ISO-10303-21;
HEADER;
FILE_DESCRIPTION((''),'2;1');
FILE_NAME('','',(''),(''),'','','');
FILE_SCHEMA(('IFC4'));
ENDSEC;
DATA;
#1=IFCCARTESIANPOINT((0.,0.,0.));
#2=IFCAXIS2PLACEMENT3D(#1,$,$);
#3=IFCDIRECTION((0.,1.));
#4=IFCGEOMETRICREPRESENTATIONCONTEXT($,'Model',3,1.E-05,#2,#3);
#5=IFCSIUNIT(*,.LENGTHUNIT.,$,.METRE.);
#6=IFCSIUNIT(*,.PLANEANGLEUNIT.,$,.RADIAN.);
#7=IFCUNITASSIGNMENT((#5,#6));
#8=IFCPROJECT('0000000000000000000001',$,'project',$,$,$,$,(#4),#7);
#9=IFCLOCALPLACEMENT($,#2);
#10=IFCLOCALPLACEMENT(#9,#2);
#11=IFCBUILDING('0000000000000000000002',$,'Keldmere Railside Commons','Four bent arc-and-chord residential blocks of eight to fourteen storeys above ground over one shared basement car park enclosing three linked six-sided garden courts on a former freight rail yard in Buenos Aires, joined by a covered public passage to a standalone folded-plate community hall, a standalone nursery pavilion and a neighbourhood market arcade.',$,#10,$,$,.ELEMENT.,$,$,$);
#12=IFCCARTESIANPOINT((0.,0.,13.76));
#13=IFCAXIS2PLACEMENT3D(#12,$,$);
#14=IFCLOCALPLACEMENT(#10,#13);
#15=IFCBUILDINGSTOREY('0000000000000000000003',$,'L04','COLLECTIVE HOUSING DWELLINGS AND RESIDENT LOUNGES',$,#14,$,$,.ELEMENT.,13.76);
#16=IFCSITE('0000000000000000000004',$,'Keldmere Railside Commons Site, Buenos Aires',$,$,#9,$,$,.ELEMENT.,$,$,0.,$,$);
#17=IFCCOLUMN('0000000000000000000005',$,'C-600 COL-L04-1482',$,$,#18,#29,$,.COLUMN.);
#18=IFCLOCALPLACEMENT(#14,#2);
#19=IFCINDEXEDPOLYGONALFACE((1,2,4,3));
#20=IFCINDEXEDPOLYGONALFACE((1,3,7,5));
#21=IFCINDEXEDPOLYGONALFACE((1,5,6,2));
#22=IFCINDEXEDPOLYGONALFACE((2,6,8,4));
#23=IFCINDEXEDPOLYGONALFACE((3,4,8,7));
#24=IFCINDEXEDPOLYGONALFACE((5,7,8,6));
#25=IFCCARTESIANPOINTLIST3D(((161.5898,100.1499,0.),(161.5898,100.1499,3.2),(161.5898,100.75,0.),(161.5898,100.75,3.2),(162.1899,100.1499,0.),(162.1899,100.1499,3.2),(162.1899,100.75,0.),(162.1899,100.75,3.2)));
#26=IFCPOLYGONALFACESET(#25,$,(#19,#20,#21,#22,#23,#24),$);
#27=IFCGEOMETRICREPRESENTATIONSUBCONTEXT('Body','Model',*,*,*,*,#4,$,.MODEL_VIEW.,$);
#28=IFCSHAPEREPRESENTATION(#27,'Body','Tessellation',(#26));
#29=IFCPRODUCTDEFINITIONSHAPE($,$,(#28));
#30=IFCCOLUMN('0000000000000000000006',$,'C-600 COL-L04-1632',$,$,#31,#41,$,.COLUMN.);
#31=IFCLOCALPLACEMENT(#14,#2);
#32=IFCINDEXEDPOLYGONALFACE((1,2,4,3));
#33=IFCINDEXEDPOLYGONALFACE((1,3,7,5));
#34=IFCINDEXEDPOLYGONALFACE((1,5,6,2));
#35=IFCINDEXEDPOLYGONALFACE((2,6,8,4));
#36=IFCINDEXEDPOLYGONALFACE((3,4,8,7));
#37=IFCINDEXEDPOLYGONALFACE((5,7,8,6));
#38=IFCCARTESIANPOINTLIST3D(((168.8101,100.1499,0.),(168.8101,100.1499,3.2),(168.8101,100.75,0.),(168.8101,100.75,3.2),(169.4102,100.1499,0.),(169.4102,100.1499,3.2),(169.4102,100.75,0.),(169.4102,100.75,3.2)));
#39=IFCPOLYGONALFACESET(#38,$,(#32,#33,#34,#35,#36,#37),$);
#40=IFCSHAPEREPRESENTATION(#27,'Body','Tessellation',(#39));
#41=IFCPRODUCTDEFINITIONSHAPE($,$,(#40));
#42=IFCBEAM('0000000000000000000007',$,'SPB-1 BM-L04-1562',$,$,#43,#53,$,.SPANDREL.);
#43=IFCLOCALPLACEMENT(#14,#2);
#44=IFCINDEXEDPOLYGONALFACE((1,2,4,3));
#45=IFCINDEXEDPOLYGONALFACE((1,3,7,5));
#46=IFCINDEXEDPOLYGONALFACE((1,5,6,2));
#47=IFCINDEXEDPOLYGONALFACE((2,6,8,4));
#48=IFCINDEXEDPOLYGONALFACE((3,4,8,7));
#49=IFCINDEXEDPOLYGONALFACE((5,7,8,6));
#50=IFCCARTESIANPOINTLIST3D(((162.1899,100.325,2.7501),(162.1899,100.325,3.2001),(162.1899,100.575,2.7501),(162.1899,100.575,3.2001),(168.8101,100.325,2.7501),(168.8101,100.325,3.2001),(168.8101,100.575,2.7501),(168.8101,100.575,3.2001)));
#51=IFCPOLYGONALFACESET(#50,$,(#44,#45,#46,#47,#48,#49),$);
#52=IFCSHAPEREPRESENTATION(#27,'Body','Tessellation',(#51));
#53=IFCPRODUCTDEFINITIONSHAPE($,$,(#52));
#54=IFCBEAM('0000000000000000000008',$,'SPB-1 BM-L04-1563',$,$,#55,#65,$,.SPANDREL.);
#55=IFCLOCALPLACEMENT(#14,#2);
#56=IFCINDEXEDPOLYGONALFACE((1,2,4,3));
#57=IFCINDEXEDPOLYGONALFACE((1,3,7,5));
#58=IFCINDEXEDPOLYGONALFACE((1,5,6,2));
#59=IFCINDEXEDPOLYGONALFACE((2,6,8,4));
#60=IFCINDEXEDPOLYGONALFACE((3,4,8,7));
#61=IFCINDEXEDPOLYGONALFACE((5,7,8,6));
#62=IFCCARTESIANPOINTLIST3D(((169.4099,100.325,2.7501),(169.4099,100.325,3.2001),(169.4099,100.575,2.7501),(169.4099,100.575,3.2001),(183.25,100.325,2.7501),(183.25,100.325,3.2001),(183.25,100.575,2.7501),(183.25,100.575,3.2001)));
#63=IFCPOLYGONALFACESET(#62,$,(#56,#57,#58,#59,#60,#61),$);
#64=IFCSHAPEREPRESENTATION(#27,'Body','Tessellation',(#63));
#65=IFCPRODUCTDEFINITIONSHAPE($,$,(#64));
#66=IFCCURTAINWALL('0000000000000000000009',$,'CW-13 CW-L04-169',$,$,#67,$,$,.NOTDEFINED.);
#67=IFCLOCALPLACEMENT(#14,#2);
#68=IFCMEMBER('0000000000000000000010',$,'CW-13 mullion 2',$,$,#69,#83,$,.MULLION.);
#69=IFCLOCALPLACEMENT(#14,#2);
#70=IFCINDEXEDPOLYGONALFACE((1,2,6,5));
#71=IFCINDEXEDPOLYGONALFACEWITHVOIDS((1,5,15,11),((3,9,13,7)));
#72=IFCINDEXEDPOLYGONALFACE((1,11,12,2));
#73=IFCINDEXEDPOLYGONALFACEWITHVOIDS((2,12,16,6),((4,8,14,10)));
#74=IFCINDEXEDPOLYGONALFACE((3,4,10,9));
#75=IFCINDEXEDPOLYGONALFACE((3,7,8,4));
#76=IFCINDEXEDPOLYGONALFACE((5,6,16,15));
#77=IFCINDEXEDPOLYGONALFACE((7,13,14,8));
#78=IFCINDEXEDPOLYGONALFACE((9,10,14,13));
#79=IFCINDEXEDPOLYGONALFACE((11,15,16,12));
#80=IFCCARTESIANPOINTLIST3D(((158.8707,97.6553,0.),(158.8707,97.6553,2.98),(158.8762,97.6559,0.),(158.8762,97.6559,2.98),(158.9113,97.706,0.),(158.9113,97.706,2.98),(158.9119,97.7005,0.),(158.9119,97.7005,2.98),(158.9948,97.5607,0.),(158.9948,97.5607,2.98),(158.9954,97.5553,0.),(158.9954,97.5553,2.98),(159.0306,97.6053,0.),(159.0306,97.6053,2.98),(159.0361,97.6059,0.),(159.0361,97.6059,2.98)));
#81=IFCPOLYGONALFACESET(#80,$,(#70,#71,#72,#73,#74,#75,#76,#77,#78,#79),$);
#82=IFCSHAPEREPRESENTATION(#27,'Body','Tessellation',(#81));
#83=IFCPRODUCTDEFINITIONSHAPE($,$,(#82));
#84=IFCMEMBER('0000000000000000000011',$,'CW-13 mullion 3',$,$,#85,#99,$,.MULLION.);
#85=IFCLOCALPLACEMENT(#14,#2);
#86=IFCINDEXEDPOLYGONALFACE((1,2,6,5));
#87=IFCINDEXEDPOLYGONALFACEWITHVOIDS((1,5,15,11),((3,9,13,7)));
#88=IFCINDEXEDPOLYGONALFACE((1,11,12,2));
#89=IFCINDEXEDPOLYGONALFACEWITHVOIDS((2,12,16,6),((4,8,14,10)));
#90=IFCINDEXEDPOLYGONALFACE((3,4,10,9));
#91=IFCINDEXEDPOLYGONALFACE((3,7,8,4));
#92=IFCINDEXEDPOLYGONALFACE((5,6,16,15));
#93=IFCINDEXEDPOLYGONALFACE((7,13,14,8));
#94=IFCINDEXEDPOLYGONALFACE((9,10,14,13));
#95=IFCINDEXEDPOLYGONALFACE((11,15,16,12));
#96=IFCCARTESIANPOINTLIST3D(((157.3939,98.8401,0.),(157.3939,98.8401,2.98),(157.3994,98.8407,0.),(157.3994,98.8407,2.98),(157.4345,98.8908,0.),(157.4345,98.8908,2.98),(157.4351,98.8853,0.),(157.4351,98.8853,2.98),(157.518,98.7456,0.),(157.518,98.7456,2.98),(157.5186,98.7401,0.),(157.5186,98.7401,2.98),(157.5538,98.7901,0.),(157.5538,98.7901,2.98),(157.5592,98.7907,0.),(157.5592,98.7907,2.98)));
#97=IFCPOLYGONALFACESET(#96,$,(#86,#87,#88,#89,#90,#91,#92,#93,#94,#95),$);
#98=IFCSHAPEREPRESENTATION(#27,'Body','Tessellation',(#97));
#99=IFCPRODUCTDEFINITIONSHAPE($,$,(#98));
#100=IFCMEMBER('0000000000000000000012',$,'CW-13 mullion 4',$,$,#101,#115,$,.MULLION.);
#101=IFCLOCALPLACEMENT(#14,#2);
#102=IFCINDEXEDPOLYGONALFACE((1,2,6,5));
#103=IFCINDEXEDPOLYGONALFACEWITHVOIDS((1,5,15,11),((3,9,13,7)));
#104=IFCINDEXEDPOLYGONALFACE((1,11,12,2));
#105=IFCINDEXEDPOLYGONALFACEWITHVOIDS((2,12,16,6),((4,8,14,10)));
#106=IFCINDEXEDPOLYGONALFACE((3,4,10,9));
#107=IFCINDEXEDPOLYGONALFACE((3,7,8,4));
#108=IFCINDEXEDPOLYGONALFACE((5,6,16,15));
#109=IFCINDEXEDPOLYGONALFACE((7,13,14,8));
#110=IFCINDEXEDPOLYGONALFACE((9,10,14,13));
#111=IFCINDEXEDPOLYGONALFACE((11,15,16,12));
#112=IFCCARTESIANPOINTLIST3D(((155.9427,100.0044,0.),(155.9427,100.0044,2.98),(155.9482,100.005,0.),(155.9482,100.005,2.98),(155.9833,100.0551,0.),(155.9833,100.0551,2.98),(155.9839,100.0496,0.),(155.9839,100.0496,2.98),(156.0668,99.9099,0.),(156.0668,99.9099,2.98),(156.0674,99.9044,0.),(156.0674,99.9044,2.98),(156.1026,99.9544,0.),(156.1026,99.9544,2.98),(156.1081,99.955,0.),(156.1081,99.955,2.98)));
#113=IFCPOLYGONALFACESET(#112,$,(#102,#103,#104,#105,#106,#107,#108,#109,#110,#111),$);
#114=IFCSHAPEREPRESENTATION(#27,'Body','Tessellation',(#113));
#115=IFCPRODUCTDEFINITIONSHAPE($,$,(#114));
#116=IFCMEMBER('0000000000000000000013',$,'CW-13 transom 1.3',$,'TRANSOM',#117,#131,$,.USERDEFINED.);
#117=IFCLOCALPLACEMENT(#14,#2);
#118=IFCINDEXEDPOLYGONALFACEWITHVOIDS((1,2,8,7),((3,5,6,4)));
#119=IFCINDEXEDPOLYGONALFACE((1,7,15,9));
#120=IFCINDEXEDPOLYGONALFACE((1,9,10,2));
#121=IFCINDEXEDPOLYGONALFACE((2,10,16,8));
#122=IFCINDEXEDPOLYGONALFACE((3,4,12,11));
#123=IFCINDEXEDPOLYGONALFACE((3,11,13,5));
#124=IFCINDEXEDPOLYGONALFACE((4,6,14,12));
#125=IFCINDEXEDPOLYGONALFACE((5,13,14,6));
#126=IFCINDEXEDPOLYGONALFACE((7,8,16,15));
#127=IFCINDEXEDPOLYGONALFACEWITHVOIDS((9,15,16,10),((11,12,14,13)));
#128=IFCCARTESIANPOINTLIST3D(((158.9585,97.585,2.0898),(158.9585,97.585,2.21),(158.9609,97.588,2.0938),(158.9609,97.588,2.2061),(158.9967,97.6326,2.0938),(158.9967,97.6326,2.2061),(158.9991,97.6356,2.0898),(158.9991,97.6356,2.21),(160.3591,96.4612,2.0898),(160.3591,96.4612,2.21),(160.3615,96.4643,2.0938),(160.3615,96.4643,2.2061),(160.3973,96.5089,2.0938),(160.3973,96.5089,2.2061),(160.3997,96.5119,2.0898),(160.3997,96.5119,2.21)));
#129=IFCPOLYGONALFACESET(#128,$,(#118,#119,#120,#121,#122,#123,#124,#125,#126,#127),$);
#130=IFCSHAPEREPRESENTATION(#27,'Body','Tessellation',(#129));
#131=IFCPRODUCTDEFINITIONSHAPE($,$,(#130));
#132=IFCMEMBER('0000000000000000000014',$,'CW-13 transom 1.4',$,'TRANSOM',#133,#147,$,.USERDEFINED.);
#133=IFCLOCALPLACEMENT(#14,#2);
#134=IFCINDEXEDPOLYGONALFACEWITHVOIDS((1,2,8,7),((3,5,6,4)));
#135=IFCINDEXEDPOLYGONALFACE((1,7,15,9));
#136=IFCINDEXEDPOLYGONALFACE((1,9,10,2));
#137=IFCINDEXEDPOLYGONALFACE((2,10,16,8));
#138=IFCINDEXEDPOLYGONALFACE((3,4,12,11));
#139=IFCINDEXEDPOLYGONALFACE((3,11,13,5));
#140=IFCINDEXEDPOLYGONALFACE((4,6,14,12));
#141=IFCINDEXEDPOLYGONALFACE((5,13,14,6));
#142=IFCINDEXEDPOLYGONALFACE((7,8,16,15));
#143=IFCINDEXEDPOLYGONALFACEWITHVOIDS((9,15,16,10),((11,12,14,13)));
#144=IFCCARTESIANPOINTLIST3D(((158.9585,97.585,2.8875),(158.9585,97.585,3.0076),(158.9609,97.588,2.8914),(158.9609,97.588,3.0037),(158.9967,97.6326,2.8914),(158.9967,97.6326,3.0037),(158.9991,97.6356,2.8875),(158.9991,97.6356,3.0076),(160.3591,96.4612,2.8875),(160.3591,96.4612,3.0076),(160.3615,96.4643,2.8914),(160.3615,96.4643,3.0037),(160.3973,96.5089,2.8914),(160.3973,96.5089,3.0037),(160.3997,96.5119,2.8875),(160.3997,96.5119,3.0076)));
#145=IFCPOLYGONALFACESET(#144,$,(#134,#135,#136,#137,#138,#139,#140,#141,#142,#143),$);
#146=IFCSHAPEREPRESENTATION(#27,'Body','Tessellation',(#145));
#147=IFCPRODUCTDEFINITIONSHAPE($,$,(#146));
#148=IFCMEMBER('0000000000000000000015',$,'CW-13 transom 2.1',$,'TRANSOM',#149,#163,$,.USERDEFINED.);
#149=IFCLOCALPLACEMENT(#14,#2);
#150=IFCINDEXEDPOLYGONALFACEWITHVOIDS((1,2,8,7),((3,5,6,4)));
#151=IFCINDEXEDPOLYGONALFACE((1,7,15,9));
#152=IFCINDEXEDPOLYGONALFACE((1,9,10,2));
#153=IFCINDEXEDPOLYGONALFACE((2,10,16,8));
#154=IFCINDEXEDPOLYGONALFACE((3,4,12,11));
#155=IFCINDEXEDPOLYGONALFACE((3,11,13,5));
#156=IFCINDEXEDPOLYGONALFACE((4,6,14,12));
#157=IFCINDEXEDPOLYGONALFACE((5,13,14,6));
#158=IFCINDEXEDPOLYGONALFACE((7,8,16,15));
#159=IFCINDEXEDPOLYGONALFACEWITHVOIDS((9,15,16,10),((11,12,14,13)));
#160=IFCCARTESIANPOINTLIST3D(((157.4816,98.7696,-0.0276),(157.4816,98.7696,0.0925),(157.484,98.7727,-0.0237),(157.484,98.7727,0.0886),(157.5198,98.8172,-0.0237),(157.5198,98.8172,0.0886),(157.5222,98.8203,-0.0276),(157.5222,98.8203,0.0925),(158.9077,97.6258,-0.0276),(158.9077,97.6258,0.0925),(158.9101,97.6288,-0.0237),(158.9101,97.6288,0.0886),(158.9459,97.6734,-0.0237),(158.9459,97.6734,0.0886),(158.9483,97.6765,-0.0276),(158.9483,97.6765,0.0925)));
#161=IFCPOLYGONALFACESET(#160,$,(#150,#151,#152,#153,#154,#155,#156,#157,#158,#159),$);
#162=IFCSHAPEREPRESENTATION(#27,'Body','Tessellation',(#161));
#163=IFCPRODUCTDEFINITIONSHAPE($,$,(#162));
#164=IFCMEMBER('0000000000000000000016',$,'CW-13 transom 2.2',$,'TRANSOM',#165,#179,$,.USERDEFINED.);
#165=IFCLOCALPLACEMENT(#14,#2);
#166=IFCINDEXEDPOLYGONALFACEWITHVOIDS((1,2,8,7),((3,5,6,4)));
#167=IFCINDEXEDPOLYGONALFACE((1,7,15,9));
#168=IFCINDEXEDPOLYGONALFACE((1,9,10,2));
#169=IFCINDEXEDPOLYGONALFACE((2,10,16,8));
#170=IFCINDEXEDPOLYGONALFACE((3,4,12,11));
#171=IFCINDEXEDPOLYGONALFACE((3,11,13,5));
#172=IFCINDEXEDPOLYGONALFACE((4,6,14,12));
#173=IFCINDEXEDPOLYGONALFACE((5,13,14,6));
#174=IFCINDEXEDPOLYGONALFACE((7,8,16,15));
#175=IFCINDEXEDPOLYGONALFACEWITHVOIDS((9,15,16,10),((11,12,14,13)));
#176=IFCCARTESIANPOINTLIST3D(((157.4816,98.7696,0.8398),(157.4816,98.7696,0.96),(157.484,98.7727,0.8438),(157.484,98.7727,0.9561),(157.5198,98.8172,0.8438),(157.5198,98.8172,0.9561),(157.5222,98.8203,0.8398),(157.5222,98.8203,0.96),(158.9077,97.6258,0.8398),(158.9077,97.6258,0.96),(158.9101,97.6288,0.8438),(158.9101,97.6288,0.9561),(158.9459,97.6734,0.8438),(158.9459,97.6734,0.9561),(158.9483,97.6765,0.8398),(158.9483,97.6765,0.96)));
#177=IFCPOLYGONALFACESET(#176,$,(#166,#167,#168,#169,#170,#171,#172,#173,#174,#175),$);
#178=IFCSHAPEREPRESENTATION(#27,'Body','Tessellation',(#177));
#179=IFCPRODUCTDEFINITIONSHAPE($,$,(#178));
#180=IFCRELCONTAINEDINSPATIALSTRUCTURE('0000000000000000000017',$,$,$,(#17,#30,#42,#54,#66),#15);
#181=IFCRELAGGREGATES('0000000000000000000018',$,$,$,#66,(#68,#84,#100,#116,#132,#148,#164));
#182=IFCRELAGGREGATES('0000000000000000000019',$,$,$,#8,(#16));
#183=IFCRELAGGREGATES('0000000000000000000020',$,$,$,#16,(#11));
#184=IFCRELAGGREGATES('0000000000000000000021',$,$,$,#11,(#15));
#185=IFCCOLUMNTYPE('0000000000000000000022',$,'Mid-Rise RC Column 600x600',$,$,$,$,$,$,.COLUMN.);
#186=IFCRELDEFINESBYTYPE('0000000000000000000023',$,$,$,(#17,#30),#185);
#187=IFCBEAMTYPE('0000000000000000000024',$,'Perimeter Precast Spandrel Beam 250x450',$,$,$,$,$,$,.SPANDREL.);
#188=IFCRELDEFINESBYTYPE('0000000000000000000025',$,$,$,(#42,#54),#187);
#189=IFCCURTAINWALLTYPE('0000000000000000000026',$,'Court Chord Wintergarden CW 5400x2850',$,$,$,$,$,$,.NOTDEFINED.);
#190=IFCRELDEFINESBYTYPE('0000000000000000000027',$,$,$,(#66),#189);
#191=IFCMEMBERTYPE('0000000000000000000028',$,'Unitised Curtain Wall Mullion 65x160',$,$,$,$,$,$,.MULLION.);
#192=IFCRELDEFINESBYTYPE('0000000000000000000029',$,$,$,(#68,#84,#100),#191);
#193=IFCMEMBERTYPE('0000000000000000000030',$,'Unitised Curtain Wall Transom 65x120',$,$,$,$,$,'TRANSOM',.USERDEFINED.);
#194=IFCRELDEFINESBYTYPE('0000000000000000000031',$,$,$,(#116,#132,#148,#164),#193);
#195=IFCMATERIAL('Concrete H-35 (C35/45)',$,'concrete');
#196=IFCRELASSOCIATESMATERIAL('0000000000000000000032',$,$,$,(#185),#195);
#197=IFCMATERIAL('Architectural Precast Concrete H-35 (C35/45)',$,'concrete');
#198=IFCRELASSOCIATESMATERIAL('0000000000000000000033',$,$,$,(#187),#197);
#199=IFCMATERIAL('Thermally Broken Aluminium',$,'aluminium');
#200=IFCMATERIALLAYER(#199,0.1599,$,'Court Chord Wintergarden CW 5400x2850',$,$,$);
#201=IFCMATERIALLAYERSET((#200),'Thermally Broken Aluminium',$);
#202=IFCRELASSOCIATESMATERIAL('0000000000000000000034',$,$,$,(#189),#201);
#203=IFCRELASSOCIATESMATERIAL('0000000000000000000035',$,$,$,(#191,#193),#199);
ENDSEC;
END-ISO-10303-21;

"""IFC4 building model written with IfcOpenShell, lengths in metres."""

from ifc_helpers import new_model, si_unit, direction, frame, origin, origin_2d, place, context, subcontext, project, spatial, rectangle, hollow_rectangle, extrude, material, layer, layer_set, material_profile, profile_set, type_object, element, aggregate, save


model = new_model("IFC4")

# Units and contexts
model_context = context("Model", 3, precision=1e-05, world=origin(), true_north=direction((0.0, 1.0)))
body_context = subcontext(model_context, "Body", "Model", "MODEL_VIEW")
ifc_project = project(units=[si_unit("LENGTHUNIT", "METRE"), si_unit("PLANEANGLEUNIT", "RADIAN")], contexts=[model_context])

# Site, building, storey
site_placement = place(None, origin())
site = spatial("IfcSite", under=ifc_project, at=site_placement, Name="Keldmere Railside Commons Site, Buenos Aires", CompositionType="ELEMENT", RefElevation=0.0)
building_placement = place(site_placement, origin())
building = spatial("IfcBuilding", under=site, at=building_placement, Name="Keldmere Railside Commons", Description="Four bent arc-and-chord residential blocks of eight to fourteen storeys above ground over one shared basement car park enclosing three linked six-sided garden courts on a former freight rail yard in Buenos Aires, joined by a covered public passage to a standalone folded-plate community hall, a standalone nursery pavilion and a neighbourhood market arcade.", CompositionType="ELEMENT")
storey_placement = place(building_placement, frame((0.0, 0.0, 13.76)))
storey = spatial("IfcBuildingStorey", under=building, at=storey_placement, Name="L04", Description="COLLECTIVE HOUSING DWELLINGS AND RESIDENT LOUNGES", CompositionType="ELEMENT", Elevation=13.76)

# Columns
ifc_material_1 = material(Name="Concrete H-35 (C35/45)", Category="concrete")
ifc_material_profile_1 = material_profile(ifc_material_1, rectangle(XDim=0.6001, YDim=0.6001, at=origin_2d()), Name="RC-600x600")
ifc_profile_set_1 = profile_set([ifc_material_profile_1], Name="Concrete H-35 (C35/45)")
column_type = type_object("IfcColumnType", Name="Mid-Rise RC Column 600x600", PredefinedType="COLUMN", material=ifc_profile_set_1)
for number, where, z_axis, x_axis, name in (
    (1, (161.8899, 100.45, 0.0), (0.0, 0.0, 1.0), (1.0, 0.0, 0.0), "C-600 COL-L04-1482"),
    (2, (169.1101, 100.45, 0.0), (0.0, 0.0, 1.0), (1.0, 0.0, 0.0), "C-600 COL-L04-1632"),
):
    element("IfcColumn", number, at=place(storey_placement, frame(where, z_axis=z_axis, x_axis=x_axis)), inside=storey, type_object=column_type, Name=name, PredefinedType="COLUMN", context=body_context, shape_type="SweptSolid", body=[
        extrude(rectangle(XDim=0.6001, YDim=0.6001, at=origin_2d()), origin(), (0.0, 0.0, 1.0), 3.2),
    ])

# Beams
ifc_material_2 = material(Name="Architectural Precast Concrete H-35 (C35/45)", Category="concrete")
ifc_material_profile_2 = material_profile(ifc_material_2, rectangle(XDim=0.25, YDim=0.45, at=origin_2d()), Name="RC-250x450")
ifc_profile_set_2 = profile_set([ifc_material_profile_2], Name="Architectural Precast Concrete H-35 (C35/45)")
beam_type = type_object("IfcBeamType", Name="Perimeter Precast Spandrel Beam 250x450", PredefinedType="SPANDREL", material=ifc_profile_set_2)
beam_1_placement = place(storey_placement, frame((162.1899, 100.45, 2.9751), z_axis=(1.0, 0.0, 0.0), x_axis=(0.0, 1.0, 0.0)))
element("IfcBeam", 3, at=beam_1_placement, inside=storey, type_object=beam_type, Name="SPB-1 BM-L04-1562", PredefinedType="SPANDREL", context=body_context, shape_type="SweptSolid", body=[
    extrude(rectangle(XDim=0.25, YDim=0.45, at=origin_2d()), origin(), (0.0, 0.0, 1.0), 6.6201),
])
beam_2_placement = place(storey_placement, frame((169.4099, 100.45, 2.9751), z_axis=(1.0, 0.0, 0.0), x_axis=(0.0, 1.0, 0.0)))
element("IfcBeam", 4, at=beam_2_placement, inside=storey, type_object=beam_type, Name="SPB-1 BM-L04-1563", PredefinedType="SPANDREL", context=body_context, shape_type="SweptSolid", body=[
    extrude(rectangle(XDim=0.25, YDim=0.45, at=origin_2d()), origin(), (0.0, 0.0, 1.0), 13.8401),
])

# Curtain wall, members
ifc_material_3 = material(Name="Thermally Broken Aluminium", Category="aluminium")
ifc_layer_1 = layer(ifc_material_3, 0.1599, Name="Court Chord Wintergarden CW 5400x2850")
ifc_layer_set_1 = layer_set([ifc_layer_1], Name="Thermally Broken Aluminium")
curtain_wall_type = type_object("IfcCurtainWallType", Name="Court Chord Wintergarden CW 5400x2850", PredefinedType="NOTDEFINED", material=ifc_layer_set_1)
curtain_wall_placement = place(storey_placement, origin())
curtain_wall = element("IfcCurtainWall", 5, at=curtain_wall_placement, inside=storey, type_object=curtain_wall_type, Name="CW-13 CW-L04-169", PredefinedType="NOTDEFINED")
ifc_material_profile_3 = material_profile(ifc_material_3, hollow_rectangle(XDim=0.0649, YDim=0.1599, WallThickness=0.0039, at=origin_2d()), Name="ALU-MULL-65x160")
ifc_profile_set_3 = profile_set([ifc_material_profile_3], Name="Thermally Broken Aluminium")
member_type_1 = type_object("IfcMemberType", Name="Unitised Curtain Wall Mullion 65x160", PredefinedType="MULLION", material=ifc_profile_set_3)
member_1_placement = place(storey_placement, frame((158.9534, 97.6306, 0.0), z_axis=(0.0, 0.0, 1.0), x_axis=(-0.625768, -0.780009, 0.0)))
member_1 = element("IfcMember", 6, at=member_1_placement, type_object=member_type_1, Name="CW-13 mullion 2", PredefinedType="MULLION", context=body_context, shape_type="SweptSolid", body=[
    extrude(hollow_rectangle(XDim=0.0649, YDim=0.1599, WallThickness=0.0039, at=origin_2d()), origin(), (0.0, 0.0, 1.0), 2.98),
])
member_2_placement = place(storey_placement, frame((157.4766, 98.8154, 0.0), z_axis=(0.0, 0.0, 1.0), x_axis=(-0.625768, -0.780009, 0.0)))
member_2 = element("IfcMember", 7, at=member_2_placement, type_object=member_type_1, Name="CW-13 mullion 3", PredefinedType="MULLION", context=body_context, shape_type="SweptSolid", body=[
    extrude(hollow_rectangle(XDim=0.0649, YDim=0.1599, WallThickness=0.0039, at=origin_2d()), origin(), (0.0, 0.0, 1.0), 2.98),
])
member_3_placement = place(storey_placement, frame((156.0254, 99.9797, 0.0), z_axis=(0.0, 0.0, 1.0), x_axis=(-0.625768, -0.780009, 0.0)))
member_3 = element("IfcMember", 8, at=member_3_placement, type_object=member_type_1, Name="CW-13 mullion 4", PredefinedType="MULLION", context=body_context, shape_type="SweptSolid", body=[
    extrude(hollow_rectangle(XDim=0.0649, YDim=0.1599, WallThickness=0.0039, at=origin_2d()), origin(), (0.0, 0.0, 1.0), 2.98),
])
ifc_material_profile_4 = material_profile(ifc_material_3, hollow_rectangle(XDim=0.0649, YDim=0.1201, WallThickness=0.0039, at=origin_2d()), Name="ALU-TRAN-65x120")
ifc_profile_set_4 = profile_set([ifc_material_profile_4], Name="Thermally Broken Aluminium")
member_type_2 = type_object("IfcMemberType", Name="Unitised Curtain Wall Transom 65x120", ElementType="TRANSOM", PredefinedType="USERDEFINED", material=ifc_profile_set_4)
member_4_placement = place(storey_placement, frame((160.3794, 96.4866, 2.1499), z_axis=(-0.779979, 0.625805, 0.0), x_axis=(-0.625805, -0.779979, 0.0)))
member_4 = element("IfcMember", 9, at=member_4_placement, type_object=member_type_2, Name="CW-13 transom 1.3", ObjectType="TRANSOM", PredefinedType="USERDEFINED", context=body_context, shape_type="SweptSolid", body=[
    extrude(hollow_rectangle(XDim=0.0649, YDim=0.1201, WallThickness=0.0039, at=origin_2d()), origin(), (0.0, 0.0, 1.0), 1.7957),
])
member_5_placement = place(storey_placement, frame((160.3794, 96.4866, 2.9475), z_axis=(-0.779979, 0.625805, 0.0), x_axis=(-0.625805, -0.779979, 0.0)))
member_5 = element("IfcMember", 10, at=member_5_placement, type_object=member_type_2, Name="CW-13 transom 1.4", ObjectType="TRANSOM", PredefinedType="USERDEFINED", context=body_context, shape_type="SweptSolid", body=[
    extrude(hollow_rectangle(XDim=0.0649, YDim=0.1201, WallThickness=0.0039, at=origin_2d()), origin(), (0.0, 0.0, 1.0), 1.7957),
])
member_6_placement = place(storey_placement, frame((158.928, 97.6511, 0.0325), z_axis=(-0.780073, 0.625688, 0.0), x_axis=(-0.625688, -0.780073, 0.0)))
member_6 = element("IfcMember", 11, at=member_6_placement, type_object=member_type_2, Name="CW-13 transom 2.1", ObjectType="TRANSOM", PredefinedType="USERDEFINED", context=body_context, shape_type="SweptSolid", body=[
    extrude(hollow_rectangle(XDim=0.0649, YDim=0.1201, WallThickness=0.0039, at=origin_2d()), origin(), (0.0, 0.0, 1.0), 1.8281),
])
member_7_placement = place(storey_placement, frame((158.928, 97.6511, 0.8999), z_axis=(-0.780073, 0.625688, 0.0), x_axis=(-0.625688, -0.780073, 0.0)))
member_7 = element("IfcMember", 12, at=member_7_placement, type_object=member_type_2, Name="CW-13 transom 2.2", ObjectType="TRANSOM", PredefinedType="USERDEFINED", context=body_context, shape_type="SweptSolid", body=[
    extrude(hollow_rectangle(XDim=0.0649, YDim=0.1201, WallThickness=0.0039, at=origin_2d()), origin(), (0.0, 0.0, 1.0), 1.8281),
])
aggregate(curtain_wall, [member_1, member_2, member_3, member_4, member_5, member_6, member_7])

save(model, "model.ifc")
